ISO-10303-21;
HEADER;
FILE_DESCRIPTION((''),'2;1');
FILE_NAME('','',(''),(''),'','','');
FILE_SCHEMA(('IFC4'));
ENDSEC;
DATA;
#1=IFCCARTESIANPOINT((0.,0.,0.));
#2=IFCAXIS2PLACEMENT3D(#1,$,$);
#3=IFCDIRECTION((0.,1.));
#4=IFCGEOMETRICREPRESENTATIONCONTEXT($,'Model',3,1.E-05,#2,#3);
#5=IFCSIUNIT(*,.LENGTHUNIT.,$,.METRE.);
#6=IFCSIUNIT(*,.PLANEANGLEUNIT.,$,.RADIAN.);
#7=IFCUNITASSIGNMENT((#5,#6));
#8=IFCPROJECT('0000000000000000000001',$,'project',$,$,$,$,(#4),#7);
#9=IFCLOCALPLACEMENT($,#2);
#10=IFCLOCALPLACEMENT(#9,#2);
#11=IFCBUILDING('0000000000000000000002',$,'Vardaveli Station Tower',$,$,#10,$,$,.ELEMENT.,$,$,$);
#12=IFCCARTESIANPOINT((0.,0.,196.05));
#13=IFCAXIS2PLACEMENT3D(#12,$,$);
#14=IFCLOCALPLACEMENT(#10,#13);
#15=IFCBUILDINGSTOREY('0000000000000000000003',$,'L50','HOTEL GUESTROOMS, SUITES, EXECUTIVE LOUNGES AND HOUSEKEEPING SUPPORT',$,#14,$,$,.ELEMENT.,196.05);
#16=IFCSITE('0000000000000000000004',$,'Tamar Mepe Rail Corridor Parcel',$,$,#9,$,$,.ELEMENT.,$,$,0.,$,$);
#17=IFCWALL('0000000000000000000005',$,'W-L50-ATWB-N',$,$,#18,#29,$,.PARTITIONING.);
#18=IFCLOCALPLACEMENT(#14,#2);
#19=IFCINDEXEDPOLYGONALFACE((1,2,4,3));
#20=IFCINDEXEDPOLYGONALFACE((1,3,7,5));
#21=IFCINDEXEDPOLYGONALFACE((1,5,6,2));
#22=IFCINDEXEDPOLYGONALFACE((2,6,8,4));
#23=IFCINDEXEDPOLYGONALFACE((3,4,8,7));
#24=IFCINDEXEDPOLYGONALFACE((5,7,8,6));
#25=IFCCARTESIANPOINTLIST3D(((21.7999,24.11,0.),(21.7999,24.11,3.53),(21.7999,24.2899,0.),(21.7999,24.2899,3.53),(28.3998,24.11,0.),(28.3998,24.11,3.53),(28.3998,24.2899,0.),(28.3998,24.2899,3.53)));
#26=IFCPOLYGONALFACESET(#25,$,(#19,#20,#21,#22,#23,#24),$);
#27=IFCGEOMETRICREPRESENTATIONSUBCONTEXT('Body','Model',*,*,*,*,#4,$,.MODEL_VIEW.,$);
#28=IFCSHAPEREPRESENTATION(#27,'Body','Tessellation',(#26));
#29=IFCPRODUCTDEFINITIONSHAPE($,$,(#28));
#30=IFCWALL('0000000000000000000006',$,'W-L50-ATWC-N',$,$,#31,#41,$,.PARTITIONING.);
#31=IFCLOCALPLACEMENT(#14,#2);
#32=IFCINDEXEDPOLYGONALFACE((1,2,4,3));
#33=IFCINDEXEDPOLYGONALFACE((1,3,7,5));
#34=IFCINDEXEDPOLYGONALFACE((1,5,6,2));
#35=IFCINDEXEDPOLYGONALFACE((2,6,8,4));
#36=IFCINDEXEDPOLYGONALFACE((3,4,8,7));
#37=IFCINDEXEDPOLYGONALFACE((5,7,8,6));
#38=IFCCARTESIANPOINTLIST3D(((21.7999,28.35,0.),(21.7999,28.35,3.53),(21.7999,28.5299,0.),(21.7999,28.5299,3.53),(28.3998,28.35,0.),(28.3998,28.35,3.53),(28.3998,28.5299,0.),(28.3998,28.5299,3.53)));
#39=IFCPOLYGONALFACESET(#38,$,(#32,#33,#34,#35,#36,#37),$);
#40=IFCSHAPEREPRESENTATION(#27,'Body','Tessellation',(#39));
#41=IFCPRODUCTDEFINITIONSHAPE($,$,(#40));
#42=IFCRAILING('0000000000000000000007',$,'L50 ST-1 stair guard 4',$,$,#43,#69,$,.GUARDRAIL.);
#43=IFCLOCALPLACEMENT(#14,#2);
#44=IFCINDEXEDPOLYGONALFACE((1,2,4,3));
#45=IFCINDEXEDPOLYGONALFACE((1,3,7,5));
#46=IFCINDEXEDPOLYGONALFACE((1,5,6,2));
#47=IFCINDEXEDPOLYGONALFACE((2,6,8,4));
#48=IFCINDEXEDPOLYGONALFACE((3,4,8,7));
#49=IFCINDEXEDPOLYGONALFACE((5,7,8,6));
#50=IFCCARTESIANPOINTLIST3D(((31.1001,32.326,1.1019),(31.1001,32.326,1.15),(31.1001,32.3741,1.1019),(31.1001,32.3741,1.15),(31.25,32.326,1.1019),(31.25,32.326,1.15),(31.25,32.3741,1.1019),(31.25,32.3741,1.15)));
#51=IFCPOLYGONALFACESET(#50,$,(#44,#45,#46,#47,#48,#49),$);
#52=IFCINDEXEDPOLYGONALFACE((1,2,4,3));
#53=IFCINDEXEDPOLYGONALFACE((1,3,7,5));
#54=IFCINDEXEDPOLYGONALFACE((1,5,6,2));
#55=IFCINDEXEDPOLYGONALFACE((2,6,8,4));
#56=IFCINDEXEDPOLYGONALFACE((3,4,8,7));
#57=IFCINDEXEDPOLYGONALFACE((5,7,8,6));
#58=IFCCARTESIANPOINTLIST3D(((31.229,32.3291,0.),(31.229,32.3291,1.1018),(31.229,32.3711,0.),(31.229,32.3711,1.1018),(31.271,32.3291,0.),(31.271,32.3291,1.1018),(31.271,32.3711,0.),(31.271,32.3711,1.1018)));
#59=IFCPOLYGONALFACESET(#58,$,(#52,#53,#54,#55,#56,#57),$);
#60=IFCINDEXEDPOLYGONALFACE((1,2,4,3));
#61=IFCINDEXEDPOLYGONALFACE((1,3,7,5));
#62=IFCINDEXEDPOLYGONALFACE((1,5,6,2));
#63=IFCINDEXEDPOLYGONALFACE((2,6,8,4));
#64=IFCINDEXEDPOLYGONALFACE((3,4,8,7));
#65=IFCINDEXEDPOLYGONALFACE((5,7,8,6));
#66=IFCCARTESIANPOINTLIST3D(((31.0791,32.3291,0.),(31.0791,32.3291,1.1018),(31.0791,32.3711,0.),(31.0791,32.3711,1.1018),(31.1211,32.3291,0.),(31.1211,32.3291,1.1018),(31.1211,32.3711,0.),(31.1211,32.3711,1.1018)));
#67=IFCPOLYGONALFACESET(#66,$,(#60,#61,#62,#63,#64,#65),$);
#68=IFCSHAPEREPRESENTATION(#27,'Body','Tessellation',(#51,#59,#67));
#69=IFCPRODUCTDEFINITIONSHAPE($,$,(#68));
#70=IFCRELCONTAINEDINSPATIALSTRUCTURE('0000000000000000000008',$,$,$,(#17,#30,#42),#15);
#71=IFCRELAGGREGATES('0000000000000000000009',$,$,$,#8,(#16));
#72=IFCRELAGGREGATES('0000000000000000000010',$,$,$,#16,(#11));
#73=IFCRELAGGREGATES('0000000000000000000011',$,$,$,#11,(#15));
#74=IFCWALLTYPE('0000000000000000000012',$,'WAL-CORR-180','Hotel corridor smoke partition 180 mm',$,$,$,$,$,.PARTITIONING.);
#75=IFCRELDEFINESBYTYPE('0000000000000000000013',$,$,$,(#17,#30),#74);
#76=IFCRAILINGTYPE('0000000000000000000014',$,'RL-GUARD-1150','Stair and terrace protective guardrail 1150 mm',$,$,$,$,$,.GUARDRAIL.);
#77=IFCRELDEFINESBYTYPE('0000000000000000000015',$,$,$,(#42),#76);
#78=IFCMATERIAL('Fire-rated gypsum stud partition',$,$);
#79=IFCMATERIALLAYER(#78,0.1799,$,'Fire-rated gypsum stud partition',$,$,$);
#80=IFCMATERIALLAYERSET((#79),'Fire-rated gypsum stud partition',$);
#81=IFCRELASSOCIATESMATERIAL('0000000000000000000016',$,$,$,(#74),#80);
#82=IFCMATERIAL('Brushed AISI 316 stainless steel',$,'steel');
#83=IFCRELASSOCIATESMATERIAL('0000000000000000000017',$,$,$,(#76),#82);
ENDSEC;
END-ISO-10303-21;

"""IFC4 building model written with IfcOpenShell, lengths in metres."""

from ifc_helpers import new_model, si_unit, direction, frame, frame_2d, origin, origin_2d, place, context, subcontext, project, spatial, rectangle, extrude, source, transform, mapped, material, layer, layer_set, type_object, element, save


model = new_model("IFC4")

# Units and contexts
model_context = context("Model", 3, precision=1e-05, world=origin(), true_north=direction((0.0, 1.0)))
body_context = subcontext(model_context, "Body", "Model", "MODEL_VIEW")
ifc_project = project(units=[si_unit("LENGTHUNIT", "METRE"), si_unit("PLANEANGLEUNIT", "RADIAN")], contexts=[model_context])

# Site, building, storey
site_placement = place(None, origin())
site = spatial("IfcSite", under=ifc_project, at=site_placement, Name="Tamar Mepe Rail Corridor Parcel", CompositionType="ELEMENT", RefElevation=0.0)
building_placement = place(site_placement, origin())
building = spatial("IfcBuilding", under=site, at=building_placement, Name="Vardaveli Station Tower", CompositionType="ELEMENT")
storey_placement = place(building_placement, frame((0.0, 0.0, 196.05)))
storey = spatial("IfcBuildingStorey", under=building, at=storey_placement, Name="L50", Description="HOTEL GUESTROOMS, SUITES, EXECUTIVE LOUNGES AND HOUSEKEEPING SUPPORT", CompositionType="ELEMENT", Elevation=196.05)

# Shared definitions
ifc_material_1 = material(Name="Fire-rated gypsum stud partition")
ifc_layer_1 = layer(ifc_material_1, 0.1799, Name="Fire-rated gypsum stud partition")
ifc_layer_set_1 = layer_set([ifc_layer_1], Name="Fire-rated gypsum stud partition")
wall_type_1 = type_object("IfcWallType", Name="WAL-CORR-180", Description="Hotel corridor smoke partition 180 mm", PredefinedType="PARTITIONING", material=ifc_layer_set_1)

# Walls
shared_shape_1 = source(origin(), body_context, "Body", "SweptSolid", [
    extrude(rectangle(XDim=6.5999, YDim=0.1799, at=frame_2d((3.2998, 0.0))), origin(), (0.0, 0.0, 1.0), 3.53),
])
for number, where, z_axis, x_axis, name in (
    (1, (21.8, 24.2, 0.0), (0.0, 0.0, 1.0), (1.0, 0.0, 0.0), "W-L50-ATWB-N"),
    (2, (21.8, 28.4399, 0.0), (0.0, 0.0, 1.0), (1.0, 0.0, 0.0), "W-L50-ATWC-N"),
):
    element("IfcWall", number, at=place(storey_placement, frame(where, z_axis=z_axis, x_axis=x_axis)), inside=storey, type_object=wall_type_1, Name=name, PredefinedType="PARTITIONING", context=body_context, shape_type="MappedRepresentation", body=[
        mapped(shared_shape_1, transform((0.0, 0.0, 0.0), scale=1.0)),
    ])

# Railing
ifc_material_2 = material(Name="Brushed AISI 316 stainless steel", Category="steel")
railing_type = type_object("IfcRailingType", Name="RL-GUARD-1150", Description="Stair and terrace protective guardrail 1150 mm", PredefinedType="GUARDRAIL", material=ifc_material_2)
shared_shape_2 = source(origin(), body_context, "Body", "SweptSolid", [
    extrude(rectangle(XDim=0.0481, YDim=0.0481, at=origin_2d()), frame((0.0, 0.0, 1.126), z_axis=(-1.0, 0.0, 0.0), x_axis=(0.0, -1.0, 0.0)), (0.0, 0.0, 1.0), 0.1499),
    extrude(rectangle(XDim=0.042, YDim=0.042, at=origin_2d()), origin(), (0.0, 0.0, 1.0), 1.1018),
    extrude(rectangle(XDim=0.042, YDim=0.042, at=origin_2d()), frame((-0.1499, 0.0, 0.0)), (0.0, 0.0, 1.0), 1.1018),
])
railing_placement = place(storey_placement, frame((31.25, 32.3501, 0.0)))
element("IfcRailing", 3, at=railing_placement, inside=storey, type_object=railing_type, Name="L50 ST-1 stair guard 4", PredefinedType="GUARDRAIL", context=body_context, shape_type="MappedRepresentation", body=[
    mapped(shared_shape_2, transform((0.0, 0.0, 0.0), scale=1.0)),
])

save(model, "model.ifc")
